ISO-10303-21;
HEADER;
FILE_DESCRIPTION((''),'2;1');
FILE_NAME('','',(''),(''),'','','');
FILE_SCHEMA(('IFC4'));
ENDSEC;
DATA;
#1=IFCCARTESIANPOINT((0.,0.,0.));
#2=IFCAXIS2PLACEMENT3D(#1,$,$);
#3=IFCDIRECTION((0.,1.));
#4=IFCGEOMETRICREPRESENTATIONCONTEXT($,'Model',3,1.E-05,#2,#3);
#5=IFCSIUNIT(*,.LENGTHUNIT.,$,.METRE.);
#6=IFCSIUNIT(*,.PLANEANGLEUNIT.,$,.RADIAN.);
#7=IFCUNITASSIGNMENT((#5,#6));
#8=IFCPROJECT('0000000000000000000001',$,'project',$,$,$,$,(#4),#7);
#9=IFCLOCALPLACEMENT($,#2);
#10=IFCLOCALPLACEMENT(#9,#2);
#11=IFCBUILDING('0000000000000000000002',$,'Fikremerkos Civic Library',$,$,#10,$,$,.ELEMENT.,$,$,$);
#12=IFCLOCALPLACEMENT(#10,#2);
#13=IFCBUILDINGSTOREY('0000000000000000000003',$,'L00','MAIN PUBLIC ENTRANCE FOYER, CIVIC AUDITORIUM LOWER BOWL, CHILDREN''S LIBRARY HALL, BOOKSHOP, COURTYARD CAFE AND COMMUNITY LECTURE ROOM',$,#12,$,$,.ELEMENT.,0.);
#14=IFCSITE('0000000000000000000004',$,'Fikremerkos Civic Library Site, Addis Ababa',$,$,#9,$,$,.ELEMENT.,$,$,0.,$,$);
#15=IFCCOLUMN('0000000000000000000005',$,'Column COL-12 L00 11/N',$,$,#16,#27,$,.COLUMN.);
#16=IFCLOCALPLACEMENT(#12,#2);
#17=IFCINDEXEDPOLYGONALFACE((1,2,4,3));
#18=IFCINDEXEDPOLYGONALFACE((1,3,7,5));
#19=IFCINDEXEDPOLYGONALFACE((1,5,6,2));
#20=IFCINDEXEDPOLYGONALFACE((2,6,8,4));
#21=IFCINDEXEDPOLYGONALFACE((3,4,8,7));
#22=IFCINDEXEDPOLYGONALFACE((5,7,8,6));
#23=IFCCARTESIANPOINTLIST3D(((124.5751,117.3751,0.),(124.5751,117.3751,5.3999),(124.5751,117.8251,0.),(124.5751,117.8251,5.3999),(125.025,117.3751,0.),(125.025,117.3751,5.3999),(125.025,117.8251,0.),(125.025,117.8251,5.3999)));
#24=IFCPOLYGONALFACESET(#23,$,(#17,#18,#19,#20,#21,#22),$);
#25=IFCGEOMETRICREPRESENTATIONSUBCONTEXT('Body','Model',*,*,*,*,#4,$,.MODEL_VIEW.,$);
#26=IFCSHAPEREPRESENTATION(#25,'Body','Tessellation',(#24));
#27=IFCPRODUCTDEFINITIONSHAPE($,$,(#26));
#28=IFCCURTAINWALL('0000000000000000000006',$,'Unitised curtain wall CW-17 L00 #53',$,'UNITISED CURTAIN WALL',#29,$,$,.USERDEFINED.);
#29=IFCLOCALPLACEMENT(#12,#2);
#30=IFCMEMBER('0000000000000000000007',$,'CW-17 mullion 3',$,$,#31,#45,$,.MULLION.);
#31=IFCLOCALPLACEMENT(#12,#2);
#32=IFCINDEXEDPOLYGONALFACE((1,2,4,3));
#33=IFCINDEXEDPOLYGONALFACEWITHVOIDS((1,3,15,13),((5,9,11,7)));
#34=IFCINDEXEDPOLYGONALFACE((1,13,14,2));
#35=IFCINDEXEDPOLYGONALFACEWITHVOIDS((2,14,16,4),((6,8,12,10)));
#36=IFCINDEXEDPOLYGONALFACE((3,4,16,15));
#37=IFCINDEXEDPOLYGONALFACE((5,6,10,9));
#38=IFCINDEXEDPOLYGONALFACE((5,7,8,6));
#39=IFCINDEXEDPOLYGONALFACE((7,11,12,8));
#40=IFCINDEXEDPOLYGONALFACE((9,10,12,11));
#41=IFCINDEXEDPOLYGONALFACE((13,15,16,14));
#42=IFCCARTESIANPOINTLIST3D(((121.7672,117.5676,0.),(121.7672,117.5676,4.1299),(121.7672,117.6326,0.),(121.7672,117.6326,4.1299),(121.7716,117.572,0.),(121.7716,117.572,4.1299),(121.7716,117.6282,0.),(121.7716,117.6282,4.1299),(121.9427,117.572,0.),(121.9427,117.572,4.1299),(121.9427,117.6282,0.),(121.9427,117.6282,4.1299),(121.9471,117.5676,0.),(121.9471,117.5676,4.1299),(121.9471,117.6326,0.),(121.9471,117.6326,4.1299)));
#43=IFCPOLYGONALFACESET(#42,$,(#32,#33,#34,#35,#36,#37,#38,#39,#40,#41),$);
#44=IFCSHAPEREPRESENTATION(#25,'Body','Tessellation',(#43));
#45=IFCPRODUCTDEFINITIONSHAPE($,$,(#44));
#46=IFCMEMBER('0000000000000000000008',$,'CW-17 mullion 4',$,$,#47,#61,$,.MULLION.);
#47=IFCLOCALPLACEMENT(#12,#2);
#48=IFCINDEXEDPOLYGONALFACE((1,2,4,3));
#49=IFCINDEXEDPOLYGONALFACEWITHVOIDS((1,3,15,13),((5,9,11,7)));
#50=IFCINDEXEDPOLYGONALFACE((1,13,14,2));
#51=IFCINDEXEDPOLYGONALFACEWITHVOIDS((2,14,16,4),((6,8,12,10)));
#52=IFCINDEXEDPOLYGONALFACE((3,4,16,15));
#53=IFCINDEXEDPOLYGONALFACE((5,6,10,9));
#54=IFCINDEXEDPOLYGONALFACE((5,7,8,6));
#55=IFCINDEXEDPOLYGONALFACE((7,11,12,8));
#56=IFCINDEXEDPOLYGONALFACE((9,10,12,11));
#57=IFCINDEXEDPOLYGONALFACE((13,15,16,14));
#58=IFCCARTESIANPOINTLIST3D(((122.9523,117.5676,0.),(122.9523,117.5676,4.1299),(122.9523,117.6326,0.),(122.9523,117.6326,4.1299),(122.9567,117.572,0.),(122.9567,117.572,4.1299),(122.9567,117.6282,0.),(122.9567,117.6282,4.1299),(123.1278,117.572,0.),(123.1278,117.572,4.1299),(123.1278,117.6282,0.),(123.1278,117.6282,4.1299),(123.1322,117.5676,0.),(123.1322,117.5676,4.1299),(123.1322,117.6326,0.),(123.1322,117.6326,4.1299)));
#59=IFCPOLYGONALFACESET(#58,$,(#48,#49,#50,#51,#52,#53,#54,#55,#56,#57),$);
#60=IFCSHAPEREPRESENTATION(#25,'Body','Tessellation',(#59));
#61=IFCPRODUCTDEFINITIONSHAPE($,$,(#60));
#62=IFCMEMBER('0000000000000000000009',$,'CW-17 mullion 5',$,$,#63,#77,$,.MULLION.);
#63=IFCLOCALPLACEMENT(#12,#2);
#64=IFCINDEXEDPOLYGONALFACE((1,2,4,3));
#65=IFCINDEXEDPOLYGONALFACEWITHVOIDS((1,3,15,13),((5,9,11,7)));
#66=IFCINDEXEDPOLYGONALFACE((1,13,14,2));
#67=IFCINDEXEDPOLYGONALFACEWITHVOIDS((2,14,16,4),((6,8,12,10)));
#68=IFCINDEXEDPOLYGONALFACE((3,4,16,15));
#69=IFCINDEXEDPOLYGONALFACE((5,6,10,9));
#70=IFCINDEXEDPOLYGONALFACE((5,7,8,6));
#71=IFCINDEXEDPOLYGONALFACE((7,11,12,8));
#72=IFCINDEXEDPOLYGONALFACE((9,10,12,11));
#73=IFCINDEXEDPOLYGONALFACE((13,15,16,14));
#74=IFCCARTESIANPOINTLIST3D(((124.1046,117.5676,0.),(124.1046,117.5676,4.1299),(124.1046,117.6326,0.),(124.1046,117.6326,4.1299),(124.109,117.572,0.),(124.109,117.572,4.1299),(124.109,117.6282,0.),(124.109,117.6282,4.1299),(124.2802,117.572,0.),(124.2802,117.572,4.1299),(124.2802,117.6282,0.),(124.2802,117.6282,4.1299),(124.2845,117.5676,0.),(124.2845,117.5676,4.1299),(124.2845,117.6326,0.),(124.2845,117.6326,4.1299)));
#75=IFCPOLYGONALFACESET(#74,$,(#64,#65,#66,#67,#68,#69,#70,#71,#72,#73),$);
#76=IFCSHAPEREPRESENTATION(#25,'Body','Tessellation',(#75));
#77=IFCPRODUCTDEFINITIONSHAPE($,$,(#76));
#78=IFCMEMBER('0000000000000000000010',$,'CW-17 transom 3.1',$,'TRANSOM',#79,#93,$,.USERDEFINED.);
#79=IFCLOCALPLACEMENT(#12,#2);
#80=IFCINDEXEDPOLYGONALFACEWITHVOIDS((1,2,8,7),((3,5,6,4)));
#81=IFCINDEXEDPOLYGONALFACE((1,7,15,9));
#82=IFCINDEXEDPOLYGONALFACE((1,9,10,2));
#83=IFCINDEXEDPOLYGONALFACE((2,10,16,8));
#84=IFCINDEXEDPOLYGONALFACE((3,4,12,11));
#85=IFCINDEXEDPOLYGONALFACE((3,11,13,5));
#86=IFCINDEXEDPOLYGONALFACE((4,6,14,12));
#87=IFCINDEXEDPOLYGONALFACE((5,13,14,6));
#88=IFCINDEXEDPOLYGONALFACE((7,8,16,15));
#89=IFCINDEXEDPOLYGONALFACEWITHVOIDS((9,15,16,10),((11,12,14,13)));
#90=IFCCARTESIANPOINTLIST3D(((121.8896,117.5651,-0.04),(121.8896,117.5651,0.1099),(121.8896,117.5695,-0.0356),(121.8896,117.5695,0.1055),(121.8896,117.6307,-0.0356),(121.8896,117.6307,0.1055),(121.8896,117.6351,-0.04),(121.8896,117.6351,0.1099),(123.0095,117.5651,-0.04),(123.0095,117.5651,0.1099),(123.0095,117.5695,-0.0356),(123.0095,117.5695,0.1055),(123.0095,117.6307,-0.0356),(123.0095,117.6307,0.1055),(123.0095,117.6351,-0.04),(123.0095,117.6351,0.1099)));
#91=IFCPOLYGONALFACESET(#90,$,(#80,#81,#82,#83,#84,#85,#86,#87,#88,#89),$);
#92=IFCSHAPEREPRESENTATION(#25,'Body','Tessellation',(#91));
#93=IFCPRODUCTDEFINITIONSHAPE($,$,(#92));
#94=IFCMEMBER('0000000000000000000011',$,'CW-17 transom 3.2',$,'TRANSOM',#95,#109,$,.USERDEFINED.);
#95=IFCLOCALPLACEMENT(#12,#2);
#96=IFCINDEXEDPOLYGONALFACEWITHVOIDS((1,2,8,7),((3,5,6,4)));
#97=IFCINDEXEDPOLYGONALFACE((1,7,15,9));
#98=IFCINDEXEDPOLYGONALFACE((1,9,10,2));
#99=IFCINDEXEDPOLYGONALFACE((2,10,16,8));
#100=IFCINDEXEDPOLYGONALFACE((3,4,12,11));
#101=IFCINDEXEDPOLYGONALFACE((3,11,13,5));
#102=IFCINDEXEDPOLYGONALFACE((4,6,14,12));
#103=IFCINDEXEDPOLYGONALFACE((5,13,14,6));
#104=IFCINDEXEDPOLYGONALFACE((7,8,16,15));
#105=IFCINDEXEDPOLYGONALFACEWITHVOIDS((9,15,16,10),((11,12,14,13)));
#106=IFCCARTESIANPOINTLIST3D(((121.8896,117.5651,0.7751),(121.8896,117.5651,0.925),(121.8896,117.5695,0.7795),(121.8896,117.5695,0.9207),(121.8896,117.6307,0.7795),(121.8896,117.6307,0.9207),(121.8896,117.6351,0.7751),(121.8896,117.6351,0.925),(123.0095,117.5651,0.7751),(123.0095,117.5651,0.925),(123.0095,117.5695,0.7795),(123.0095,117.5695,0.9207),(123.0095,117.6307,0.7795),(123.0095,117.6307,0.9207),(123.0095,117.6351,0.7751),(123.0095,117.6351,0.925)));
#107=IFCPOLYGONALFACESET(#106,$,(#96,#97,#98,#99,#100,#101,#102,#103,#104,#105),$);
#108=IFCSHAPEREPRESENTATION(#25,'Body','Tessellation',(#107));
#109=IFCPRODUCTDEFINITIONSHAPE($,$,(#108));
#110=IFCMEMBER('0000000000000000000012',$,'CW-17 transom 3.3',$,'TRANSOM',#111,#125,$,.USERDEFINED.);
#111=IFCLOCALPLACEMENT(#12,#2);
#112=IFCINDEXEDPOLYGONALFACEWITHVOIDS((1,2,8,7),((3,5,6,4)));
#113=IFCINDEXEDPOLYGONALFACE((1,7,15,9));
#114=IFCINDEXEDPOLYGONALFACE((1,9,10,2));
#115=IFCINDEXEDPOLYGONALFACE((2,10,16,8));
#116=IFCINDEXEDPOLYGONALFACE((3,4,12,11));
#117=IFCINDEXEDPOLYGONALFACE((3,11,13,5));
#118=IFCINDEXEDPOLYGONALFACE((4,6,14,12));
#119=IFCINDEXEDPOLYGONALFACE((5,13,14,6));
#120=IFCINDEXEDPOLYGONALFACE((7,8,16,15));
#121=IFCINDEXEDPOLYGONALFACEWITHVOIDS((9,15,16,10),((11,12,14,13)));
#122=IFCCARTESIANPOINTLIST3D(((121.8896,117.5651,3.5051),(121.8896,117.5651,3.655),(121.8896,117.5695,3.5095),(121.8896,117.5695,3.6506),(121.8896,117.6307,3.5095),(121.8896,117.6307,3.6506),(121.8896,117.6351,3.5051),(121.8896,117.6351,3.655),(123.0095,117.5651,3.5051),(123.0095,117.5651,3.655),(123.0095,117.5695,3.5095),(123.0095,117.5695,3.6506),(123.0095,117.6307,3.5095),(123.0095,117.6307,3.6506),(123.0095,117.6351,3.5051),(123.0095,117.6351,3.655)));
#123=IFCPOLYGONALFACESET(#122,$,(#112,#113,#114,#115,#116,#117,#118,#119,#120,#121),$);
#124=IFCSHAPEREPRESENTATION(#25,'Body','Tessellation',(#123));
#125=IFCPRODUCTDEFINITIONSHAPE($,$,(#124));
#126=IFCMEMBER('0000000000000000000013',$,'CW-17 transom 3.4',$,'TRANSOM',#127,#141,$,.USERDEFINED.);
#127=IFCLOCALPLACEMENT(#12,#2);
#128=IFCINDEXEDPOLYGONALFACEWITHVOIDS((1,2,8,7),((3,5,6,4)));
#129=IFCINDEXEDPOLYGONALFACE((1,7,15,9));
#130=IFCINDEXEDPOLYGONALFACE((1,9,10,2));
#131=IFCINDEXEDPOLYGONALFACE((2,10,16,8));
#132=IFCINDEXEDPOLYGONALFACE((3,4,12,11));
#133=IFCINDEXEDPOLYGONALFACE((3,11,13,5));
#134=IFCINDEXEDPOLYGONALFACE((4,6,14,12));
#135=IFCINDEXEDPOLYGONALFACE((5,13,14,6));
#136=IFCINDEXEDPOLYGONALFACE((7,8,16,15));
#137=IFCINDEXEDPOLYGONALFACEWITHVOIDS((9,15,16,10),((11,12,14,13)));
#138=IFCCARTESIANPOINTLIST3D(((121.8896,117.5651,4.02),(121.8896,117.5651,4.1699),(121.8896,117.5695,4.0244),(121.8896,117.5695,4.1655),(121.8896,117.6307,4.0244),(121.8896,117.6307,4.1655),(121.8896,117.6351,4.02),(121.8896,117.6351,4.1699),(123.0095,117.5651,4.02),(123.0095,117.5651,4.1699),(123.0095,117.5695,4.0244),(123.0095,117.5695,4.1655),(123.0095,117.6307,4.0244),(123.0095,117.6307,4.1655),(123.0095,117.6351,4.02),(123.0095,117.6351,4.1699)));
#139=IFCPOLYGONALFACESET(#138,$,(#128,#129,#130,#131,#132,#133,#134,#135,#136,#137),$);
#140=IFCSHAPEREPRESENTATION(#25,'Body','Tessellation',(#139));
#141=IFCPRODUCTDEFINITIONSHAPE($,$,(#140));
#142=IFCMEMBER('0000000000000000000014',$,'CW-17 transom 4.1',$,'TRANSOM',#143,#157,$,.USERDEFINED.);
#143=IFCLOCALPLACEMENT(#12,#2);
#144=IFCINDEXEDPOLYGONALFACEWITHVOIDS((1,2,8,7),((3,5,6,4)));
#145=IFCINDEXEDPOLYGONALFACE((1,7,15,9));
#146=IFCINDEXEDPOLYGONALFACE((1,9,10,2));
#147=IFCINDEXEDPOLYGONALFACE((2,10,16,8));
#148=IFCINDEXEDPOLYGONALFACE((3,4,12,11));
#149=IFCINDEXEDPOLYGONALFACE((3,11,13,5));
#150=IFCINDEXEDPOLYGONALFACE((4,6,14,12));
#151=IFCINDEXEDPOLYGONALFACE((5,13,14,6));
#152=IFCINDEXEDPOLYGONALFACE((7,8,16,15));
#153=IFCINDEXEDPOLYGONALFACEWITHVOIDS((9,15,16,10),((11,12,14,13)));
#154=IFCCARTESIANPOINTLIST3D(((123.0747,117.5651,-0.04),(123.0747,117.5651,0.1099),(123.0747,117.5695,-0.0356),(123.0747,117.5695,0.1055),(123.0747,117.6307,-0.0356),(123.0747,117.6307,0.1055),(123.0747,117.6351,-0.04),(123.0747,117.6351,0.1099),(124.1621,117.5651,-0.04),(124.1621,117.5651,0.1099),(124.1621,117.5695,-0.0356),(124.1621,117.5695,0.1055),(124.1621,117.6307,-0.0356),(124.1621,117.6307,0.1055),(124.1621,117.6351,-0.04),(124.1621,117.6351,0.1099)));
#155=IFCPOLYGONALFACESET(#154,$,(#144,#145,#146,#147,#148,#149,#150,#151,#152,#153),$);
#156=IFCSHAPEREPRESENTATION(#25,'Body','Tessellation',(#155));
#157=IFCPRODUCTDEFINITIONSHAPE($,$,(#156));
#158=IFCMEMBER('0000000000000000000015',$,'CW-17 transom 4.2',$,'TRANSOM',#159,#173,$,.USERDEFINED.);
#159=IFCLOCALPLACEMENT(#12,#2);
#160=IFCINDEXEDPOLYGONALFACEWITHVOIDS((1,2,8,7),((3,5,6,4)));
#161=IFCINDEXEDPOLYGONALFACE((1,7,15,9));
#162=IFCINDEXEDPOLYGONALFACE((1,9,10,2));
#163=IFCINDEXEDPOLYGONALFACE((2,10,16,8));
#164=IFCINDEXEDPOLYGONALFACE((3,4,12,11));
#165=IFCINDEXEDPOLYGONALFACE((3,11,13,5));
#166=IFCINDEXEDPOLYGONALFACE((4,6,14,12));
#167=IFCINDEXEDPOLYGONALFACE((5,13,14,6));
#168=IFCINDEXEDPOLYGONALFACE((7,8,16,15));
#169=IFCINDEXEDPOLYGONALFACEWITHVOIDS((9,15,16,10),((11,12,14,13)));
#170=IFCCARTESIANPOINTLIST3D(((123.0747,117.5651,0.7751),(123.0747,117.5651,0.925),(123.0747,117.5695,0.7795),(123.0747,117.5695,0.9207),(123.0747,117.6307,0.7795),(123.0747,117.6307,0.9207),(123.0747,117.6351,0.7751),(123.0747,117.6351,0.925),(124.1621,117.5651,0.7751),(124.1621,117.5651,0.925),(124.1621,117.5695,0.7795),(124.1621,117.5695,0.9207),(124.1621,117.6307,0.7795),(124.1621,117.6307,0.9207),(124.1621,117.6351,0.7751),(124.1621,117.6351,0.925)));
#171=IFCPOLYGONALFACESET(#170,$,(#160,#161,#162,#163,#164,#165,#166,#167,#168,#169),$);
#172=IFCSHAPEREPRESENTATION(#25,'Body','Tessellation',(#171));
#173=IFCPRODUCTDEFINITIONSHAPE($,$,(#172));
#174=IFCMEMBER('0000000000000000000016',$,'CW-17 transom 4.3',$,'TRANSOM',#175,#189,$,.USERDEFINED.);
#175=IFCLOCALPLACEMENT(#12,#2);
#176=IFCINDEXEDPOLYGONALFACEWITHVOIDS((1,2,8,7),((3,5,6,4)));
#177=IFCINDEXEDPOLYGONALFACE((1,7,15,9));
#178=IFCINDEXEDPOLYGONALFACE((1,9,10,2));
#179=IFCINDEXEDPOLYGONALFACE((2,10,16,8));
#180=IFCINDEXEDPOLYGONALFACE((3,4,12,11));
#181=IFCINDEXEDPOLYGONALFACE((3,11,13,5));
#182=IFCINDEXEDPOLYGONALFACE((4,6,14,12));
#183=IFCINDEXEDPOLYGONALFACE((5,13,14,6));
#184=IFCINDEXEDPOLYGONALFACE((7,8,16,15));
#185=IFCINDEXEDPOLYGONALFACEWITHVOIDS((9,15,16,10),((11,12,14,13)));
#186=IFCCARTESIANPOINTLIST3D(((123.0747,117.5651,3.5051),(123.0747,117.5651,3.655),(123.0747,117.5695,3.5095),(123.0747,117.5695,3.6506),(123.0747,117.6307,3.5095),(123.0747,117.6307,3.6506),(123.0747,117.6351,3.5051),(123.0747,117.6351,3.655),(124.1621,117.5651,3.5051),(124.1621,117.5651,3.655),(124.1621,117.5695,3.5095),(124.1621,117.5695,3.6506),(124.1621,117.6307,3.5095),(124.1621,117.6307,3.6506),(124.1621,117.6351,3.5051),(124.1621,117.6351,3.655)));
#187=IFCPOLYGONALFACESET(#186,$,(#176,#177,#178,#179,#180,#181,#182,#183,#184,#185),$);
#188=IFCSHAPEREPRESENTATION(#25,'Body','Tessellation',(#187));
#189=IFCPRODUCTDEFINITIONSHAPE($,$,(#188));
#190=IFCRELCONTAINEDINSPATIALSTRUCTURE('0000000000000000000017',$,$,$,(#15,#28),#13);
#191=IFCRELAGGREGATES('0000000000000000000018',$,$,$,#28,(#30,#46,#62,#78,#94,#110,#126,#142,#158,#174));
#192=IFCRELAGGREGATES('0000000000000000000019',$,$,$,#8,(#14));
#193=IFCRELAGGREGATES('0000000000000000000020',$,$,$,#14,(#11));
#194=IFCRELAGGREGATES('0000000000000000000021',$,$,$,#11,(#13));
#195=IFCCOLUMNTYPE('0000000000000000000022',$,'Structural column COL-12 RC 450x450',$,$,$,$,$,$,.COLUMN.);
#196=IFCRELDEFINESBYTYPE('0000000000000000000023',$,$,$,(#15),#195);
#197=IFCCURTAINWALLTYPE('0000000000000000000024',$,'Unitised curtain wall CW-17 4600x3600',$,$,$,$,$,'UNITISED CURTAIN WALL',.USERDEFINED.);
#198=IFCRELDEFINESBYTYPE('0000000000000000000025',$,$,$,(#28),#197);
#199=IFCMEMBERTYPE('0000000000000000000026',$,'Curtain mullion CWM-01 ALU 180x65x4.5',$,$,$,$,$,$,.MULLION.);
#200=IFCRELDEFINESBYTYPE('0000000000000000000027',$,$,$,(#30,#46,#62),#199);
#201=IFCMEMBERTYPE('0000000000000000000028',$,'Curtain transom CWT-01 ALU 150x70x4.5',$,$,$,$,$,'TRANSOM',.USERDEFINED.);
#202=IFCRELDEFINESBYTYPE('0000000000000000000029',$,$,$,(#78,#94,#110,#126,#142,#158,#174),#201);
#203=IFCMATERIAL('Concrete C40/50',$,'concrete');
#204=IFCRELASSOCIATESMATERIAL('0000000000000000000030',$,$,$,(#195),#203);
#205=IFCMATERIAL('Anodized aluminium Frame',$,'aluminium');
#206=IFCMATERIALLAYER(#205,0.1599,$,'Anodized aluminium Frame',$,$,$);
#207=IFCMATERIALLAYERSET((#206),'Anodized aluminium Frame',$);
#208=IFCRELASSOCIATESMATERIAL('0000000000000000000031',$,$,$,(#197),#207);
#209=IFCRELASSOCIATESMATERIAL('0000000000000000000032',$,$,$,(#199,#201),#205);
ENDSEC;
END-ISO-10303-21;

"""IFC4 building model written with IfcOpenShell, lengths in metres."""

from ifc_helpers import new_model, si_unit, direction, frame, origin, origin_2d, place, context, subcontext, project, spatial, rectangle, hollow_rectangle, extrude, material, layer, layer_set, material_profile, profile_set, type_object, element, aggregate, save


model = new_model("IFC4")

# Units and contexts
model_context = context("Model", 3, precision=1e-05, world=origin(), true_north=direction((0.0, 1.0)))
body_context = subcontext(model_context, "Body", "Model", "MODEL_VIEW")
ifc_project = project(units=[si_unit("LENGTHUNIT", "METRE"), si_unit("PLANEANGLEUNIT", "RADIAN")], contexts=[model_context])

# Site, building, storey
site_placement = place(None, origin())
site = spatial("IfcSite", under=ifc_project, at=site_placement, Name="Fikremerkos Civic Library Site, Addis Ababa", CompositionType="ELEMENT", RefElevation=0.0)
building_placement = place(site_placement, origin())
building = spatial("IfcBuilding", under=site, at=building_placement, Name="Fikremerkos Civic Library", CompositionType="ELEMENT")
storey_placement = place(building_placement, origin())
storey = spatial("IfcBuildingStorey", under=building, at=storey_placement, Name="L00", Description="MAIN PUBLIC ENTRANCE FOYER, CIVIC AUDITORIUM LOWER BOWL, CHILDREN'S LIBRARY HALL, BOOKSHOP, COURTYARD CAFE AND COMMUNITY LECTURE ROOM", CompositionType="ELEMENT", Elevation=0.0)

# Column
ifc_material_1 = material(Name="Concrete C40/50", Category="concrete")
ifc_material_profile_1 = material_profile(ifc_material_1, rectangle(XDim=0.45, YDim=0.45, at=origin_2d()), Name="RC 450x450")
ifc_profile_set_1 = profile_set([ifc_material_profile_1], Name="Concrete C40/50")
column_type = type_object("IfcColumnType", Name="Structural column COL-12 RC 450x450", PredefinedType="COLUMN", material=ifc_profile_set_1)
column_placement = place(storey_placement, frame((124.8, 117.6001, 0.0), z_axis=(0.0, 0.0, 1.0), x_axis=(1.0, 0.0, 0.0)))
element("IfcColumn", 1, at=column_placement, inside=storey, type_object=column_type, Name="Column COL-12 L00 11/N", PredefinedType="COLUMN", context=body_context, shape_type="SweptSolid", body=[
    extrude(rectangle(XDim=0.45, YDim=0.45, at=origin_2d()), origin(), (0.0, 0.0, 1.0), 5.3999),
])

# Curtain wall, members
ifc_material_2 = material(Name="Anodized aluminium Frame", Category="aluminium")
ifc_layer_1 = layer(ifc_material_2, 0.1599, Name="Anodized aluminium Frame")
ifc_layer_set_1 = layer_set([ifc_layer_1], Name="Anodized aluminium Frame")
curtain_wall_type = type_object("IfcCurtainWallType", Name="Unitised curtain wall CW-17 4600x3600", ElementType="UNITISED CURTAIN WALL", PredefinedType="USERDEFINED", material=ifc_layer_set_1)
curtain_wall_placement = place(storey_placement, origin())
curtain_wall = element("IfcCurtainWall", 2, at=curtain_wall_placement, inside=storey, type_object=curtain_wall_type, Name="Unitised curtain wall CW-17 L00 #53", ObjectType="UNITISED CURTAIN WALL", PredefinedType="USERDEFINED")
ifc_material_profile_2 = material_profile(ifc_material_2, hollow_rectangle(XDim=0.0649, YDim=0.1799, WallThickness=0.0044, at=origin_2d()), Name="ALU 180x65x4.5")
ifc_profile_set_2 = profile_set([ifc_material_profile_2], Name="Anodized aluminium Frame")
member_type_1 = type_object("IfcMemberType", Name="Curtain mullion CWM-01 ALU 180x65x4.5", PredefinedType="MULLION", material=ifc_profile_set_2)
member_1_placement = place(storey_placement, frame((121.8572, 117.6001, 0.0), z_axis=(0.0, 0.0, 1.0), x_axis=(0.0, 1.0, 0.0)))
member_1 = element("IfcMember", 3, at=member_1_placement, type_object=member_type_1, Name="CW-17 mullion 3", PredefinedType="MULLION", context=body_context, shape_type="SweptSolid", body=[
    extrude(hollow_rectangle(XDim=0.0649, YDim=0.1799, WallThickness=0.0044, at=origin_2d()), origin(), (0.0, 0.0, 1.0), 4.1299),
])
member_2_placement = place(storey_placement, frame((123.0422, 117.6001, 0.0), z_axis=(0.0, 0.0, 1.0), x_axis=(0.0, 1.0, 0.0)))
member_2 = element("IfcMember", 4, at=member_2_placement, type_object=member_type_1, Name="CW-17 mullion 4", PredefinedType="MULLION", context=body_context, shape_type="SweptSolid", body=[
    extrude(hollow_rectangle(XDim=0.0649, YDim=0.1799, WallThickness=0.0044, at=origin_2d()), origin(), (0.0, 0.0, 1.0), 4.1299),
])
member_3_placement = place(storey_placement, frame((124.1946, 117.6001, 0.0), z_axis=(0.0, 0.0, 1.0), x_axis=(0.0, 1.0, 0.0)))
member_3 = element("IfcMember", 5, at=member_3_placement, type_object=member_type_1, Name="CW-17 mullion 5", PredefinedType="MULLION", context=body_context, shape_type="SweptSolid", body=[
    extrude(hollow_rectangle(XDim=0.0649, YDim=0.1799, WallThickness=0.0044, at=origin_2d()), origin(), (0.0, 0.0, 1.0), 4.1299),
])
ifc_material_profile_3 = material_profile(ifc_material_2, hollow_rectangle(XDim=0.0701, YDim=0.1499, WallThickness=0.0044, at=origin_2d()), Name="ALU 150x70x4.5")
ifc_profile_set_3 = profile_set([ifc_material_profile_3], Name="Anodized aluminium Frame")
member_type_2 = type_object("IfcMemberType", Name="Curtain transom CWT-01 ALU 150x70x4.5", ElementType="TRANSOM", PredefinedType="USERDEFINED", material=ifc_profile_set_3)
member_4_placement = place(storey_placement, frame((121.8896, 117.6001, 0.0349), z_axis=(1.0, 0.0, 0.0), x_axis=(0.0, 1.0, 0.0)))
member_4 = element("IfcMember", 6, at=member_4_placement, type_object=member_type_2, Name="CW-17 transom 3.1", ObjectType="TRANSOM", PredefinedType="USERDEFINED", context=body_context, shape_type="SweptSolid", body=[
    extrude(hollow_rectangle(XDim=0.0701, YDim=0.1499, WallThickness=0.0044, at=origin_2d()), origin(), (0.0, 0.0, 1.0), 1.1199),
])
member_5_placement = place(storey_placement, frame((121.8896, 117.6001, 0.8501), z_axis=(1.0, 0.0, 0.0), x_axis=(0.0, 1.0, 0.0)))
member_5 = element("IfcMember", 7, at=member_5_placement, type_object=member_type_2, Name="CW-17 transom 3.2", ObjectType="TRANSOM", PredefinedType="USERDEFINED", context=body_context, shape_type="SweptSolid", body=[
    extrude(hollow_rectangle(XDim=0.0701, YDim=0.1499, WallThickness=0.0044, at=origin_2d()), origin(), (0.0, 0.0, 1.0), 1.1199),
])
member_6_placement = place(storey_placement, frame((121.8896, 117.6001, 3.5801), z_axis=(1.0, 0.0, 0.0), x_axis=(0.0, 1.0, 0.0)))
member_6 = element("IfcMember", 8, at=member_6_placement, type_object=member_type_2, Name="CW-17 transom 3.3", ObjectType="TRANSOM", PredefinedType="USERDEFINED", context=body_context, shape_type="SweptSolid", body=[
    extrude(hollow_rectangle(XDim=0.0701, YDim=0.1499, WallThickness=0.0044, at=origin_2d()), origin(), (0.0, 0.0, 1.0), 1.1199),
])
member_7_placement = place(storey_placement, frame((121.8896, 117.6001, 4.095), z_axis=(1.0, 0.0, 0.0), x_axis=(0.0, 1.0, 0.0)))
member_7 = element("IfcMember", 9, at=member_7_placement, type_object=member_type_2, Name="CW-17 transom 3.4", ObjectType="TRANSOM", PredefinedType="USERDEFINED", context=body_context, shape_type="SweptSolid", body=[
    extrude(hollow_rectangle(XDim=0.0701, YDim=0.1499, WallThickness=0.0044, at=origin_2d()), origin(), (0.0, 0.0, 1.0), 1.1199),
])
member_8_placement = place(storey_placement, frame((123.0747, 117.6001, 0.0349), z_axis=(1.0, 0.0, 0.0), x_axis=(0.0, 1.0, 0.0)))
member_8 = element("IfcMember", 10, at=member_8_placement, type_object=member_type_2, Name="CW-17 transom 4.1", ObjectType="TRANSOM", PredefinedType="USERDEFINED", context=body_context, shape_type="SweptSolid", body=[
    extrude(hollow_rectangle(XDim=0.0701, YDim=0.1499, WallThickness=0.0044, at=origin_2d()), origin(), (0.0, 0.0, 1.0), 1.0874),
])
member_9_placement = place(storey_placement, frame((123.0747, 117.6001, 0.8501), z_axis=(1.0, 0.0, 0.0), x_axis=(0.0, 1.0, 0.0)))
member_9 = element("IfcMember", 11, at=member_9_placement, type_object=member_type_2, Name="CW-17 transom 4.2", ObjectType="TRANSOM", PredefinedType="USERDEFINED", context=body_context, shape_type="SweptSolid", body=[
    extrude(hollow_rectangle(XDim=0.0701, YDim=0.1499, WallThickness=0.0044, at=origin_2d()), origin(), (0.0, 0.0, 1.0), 1.0874),
])
member_10_placement = place(storey_placement, frame((123.0747, 117.6001, 3.5801), z_axis=(1.0, 0.0, 0.0), x_axis=(0.0, 1.0, 0.0)))
member_10 = element("IfcMember", 12, at=member_10_placement, type_object=member_type_2, Name="CW-17 transom 4.3", ObjectType="TRANSOM", PredefinedType="USERDEFINED", context=body_context, shape_type="SweptSolid", body=[
    extrude(hollow_rectangle(XDim=0.0701, YDim=0.1499, WallThickness=0.0044, at=origin_2d()), origin(), (0.0, 0.0, 1.0), 1.0874),
])

aggregate(curtain_wall, [member_1, member_2, member_3, member_4, member_5, member_6, member_7, member_8, member_9, member_10])

save(model, "model.ifc")
